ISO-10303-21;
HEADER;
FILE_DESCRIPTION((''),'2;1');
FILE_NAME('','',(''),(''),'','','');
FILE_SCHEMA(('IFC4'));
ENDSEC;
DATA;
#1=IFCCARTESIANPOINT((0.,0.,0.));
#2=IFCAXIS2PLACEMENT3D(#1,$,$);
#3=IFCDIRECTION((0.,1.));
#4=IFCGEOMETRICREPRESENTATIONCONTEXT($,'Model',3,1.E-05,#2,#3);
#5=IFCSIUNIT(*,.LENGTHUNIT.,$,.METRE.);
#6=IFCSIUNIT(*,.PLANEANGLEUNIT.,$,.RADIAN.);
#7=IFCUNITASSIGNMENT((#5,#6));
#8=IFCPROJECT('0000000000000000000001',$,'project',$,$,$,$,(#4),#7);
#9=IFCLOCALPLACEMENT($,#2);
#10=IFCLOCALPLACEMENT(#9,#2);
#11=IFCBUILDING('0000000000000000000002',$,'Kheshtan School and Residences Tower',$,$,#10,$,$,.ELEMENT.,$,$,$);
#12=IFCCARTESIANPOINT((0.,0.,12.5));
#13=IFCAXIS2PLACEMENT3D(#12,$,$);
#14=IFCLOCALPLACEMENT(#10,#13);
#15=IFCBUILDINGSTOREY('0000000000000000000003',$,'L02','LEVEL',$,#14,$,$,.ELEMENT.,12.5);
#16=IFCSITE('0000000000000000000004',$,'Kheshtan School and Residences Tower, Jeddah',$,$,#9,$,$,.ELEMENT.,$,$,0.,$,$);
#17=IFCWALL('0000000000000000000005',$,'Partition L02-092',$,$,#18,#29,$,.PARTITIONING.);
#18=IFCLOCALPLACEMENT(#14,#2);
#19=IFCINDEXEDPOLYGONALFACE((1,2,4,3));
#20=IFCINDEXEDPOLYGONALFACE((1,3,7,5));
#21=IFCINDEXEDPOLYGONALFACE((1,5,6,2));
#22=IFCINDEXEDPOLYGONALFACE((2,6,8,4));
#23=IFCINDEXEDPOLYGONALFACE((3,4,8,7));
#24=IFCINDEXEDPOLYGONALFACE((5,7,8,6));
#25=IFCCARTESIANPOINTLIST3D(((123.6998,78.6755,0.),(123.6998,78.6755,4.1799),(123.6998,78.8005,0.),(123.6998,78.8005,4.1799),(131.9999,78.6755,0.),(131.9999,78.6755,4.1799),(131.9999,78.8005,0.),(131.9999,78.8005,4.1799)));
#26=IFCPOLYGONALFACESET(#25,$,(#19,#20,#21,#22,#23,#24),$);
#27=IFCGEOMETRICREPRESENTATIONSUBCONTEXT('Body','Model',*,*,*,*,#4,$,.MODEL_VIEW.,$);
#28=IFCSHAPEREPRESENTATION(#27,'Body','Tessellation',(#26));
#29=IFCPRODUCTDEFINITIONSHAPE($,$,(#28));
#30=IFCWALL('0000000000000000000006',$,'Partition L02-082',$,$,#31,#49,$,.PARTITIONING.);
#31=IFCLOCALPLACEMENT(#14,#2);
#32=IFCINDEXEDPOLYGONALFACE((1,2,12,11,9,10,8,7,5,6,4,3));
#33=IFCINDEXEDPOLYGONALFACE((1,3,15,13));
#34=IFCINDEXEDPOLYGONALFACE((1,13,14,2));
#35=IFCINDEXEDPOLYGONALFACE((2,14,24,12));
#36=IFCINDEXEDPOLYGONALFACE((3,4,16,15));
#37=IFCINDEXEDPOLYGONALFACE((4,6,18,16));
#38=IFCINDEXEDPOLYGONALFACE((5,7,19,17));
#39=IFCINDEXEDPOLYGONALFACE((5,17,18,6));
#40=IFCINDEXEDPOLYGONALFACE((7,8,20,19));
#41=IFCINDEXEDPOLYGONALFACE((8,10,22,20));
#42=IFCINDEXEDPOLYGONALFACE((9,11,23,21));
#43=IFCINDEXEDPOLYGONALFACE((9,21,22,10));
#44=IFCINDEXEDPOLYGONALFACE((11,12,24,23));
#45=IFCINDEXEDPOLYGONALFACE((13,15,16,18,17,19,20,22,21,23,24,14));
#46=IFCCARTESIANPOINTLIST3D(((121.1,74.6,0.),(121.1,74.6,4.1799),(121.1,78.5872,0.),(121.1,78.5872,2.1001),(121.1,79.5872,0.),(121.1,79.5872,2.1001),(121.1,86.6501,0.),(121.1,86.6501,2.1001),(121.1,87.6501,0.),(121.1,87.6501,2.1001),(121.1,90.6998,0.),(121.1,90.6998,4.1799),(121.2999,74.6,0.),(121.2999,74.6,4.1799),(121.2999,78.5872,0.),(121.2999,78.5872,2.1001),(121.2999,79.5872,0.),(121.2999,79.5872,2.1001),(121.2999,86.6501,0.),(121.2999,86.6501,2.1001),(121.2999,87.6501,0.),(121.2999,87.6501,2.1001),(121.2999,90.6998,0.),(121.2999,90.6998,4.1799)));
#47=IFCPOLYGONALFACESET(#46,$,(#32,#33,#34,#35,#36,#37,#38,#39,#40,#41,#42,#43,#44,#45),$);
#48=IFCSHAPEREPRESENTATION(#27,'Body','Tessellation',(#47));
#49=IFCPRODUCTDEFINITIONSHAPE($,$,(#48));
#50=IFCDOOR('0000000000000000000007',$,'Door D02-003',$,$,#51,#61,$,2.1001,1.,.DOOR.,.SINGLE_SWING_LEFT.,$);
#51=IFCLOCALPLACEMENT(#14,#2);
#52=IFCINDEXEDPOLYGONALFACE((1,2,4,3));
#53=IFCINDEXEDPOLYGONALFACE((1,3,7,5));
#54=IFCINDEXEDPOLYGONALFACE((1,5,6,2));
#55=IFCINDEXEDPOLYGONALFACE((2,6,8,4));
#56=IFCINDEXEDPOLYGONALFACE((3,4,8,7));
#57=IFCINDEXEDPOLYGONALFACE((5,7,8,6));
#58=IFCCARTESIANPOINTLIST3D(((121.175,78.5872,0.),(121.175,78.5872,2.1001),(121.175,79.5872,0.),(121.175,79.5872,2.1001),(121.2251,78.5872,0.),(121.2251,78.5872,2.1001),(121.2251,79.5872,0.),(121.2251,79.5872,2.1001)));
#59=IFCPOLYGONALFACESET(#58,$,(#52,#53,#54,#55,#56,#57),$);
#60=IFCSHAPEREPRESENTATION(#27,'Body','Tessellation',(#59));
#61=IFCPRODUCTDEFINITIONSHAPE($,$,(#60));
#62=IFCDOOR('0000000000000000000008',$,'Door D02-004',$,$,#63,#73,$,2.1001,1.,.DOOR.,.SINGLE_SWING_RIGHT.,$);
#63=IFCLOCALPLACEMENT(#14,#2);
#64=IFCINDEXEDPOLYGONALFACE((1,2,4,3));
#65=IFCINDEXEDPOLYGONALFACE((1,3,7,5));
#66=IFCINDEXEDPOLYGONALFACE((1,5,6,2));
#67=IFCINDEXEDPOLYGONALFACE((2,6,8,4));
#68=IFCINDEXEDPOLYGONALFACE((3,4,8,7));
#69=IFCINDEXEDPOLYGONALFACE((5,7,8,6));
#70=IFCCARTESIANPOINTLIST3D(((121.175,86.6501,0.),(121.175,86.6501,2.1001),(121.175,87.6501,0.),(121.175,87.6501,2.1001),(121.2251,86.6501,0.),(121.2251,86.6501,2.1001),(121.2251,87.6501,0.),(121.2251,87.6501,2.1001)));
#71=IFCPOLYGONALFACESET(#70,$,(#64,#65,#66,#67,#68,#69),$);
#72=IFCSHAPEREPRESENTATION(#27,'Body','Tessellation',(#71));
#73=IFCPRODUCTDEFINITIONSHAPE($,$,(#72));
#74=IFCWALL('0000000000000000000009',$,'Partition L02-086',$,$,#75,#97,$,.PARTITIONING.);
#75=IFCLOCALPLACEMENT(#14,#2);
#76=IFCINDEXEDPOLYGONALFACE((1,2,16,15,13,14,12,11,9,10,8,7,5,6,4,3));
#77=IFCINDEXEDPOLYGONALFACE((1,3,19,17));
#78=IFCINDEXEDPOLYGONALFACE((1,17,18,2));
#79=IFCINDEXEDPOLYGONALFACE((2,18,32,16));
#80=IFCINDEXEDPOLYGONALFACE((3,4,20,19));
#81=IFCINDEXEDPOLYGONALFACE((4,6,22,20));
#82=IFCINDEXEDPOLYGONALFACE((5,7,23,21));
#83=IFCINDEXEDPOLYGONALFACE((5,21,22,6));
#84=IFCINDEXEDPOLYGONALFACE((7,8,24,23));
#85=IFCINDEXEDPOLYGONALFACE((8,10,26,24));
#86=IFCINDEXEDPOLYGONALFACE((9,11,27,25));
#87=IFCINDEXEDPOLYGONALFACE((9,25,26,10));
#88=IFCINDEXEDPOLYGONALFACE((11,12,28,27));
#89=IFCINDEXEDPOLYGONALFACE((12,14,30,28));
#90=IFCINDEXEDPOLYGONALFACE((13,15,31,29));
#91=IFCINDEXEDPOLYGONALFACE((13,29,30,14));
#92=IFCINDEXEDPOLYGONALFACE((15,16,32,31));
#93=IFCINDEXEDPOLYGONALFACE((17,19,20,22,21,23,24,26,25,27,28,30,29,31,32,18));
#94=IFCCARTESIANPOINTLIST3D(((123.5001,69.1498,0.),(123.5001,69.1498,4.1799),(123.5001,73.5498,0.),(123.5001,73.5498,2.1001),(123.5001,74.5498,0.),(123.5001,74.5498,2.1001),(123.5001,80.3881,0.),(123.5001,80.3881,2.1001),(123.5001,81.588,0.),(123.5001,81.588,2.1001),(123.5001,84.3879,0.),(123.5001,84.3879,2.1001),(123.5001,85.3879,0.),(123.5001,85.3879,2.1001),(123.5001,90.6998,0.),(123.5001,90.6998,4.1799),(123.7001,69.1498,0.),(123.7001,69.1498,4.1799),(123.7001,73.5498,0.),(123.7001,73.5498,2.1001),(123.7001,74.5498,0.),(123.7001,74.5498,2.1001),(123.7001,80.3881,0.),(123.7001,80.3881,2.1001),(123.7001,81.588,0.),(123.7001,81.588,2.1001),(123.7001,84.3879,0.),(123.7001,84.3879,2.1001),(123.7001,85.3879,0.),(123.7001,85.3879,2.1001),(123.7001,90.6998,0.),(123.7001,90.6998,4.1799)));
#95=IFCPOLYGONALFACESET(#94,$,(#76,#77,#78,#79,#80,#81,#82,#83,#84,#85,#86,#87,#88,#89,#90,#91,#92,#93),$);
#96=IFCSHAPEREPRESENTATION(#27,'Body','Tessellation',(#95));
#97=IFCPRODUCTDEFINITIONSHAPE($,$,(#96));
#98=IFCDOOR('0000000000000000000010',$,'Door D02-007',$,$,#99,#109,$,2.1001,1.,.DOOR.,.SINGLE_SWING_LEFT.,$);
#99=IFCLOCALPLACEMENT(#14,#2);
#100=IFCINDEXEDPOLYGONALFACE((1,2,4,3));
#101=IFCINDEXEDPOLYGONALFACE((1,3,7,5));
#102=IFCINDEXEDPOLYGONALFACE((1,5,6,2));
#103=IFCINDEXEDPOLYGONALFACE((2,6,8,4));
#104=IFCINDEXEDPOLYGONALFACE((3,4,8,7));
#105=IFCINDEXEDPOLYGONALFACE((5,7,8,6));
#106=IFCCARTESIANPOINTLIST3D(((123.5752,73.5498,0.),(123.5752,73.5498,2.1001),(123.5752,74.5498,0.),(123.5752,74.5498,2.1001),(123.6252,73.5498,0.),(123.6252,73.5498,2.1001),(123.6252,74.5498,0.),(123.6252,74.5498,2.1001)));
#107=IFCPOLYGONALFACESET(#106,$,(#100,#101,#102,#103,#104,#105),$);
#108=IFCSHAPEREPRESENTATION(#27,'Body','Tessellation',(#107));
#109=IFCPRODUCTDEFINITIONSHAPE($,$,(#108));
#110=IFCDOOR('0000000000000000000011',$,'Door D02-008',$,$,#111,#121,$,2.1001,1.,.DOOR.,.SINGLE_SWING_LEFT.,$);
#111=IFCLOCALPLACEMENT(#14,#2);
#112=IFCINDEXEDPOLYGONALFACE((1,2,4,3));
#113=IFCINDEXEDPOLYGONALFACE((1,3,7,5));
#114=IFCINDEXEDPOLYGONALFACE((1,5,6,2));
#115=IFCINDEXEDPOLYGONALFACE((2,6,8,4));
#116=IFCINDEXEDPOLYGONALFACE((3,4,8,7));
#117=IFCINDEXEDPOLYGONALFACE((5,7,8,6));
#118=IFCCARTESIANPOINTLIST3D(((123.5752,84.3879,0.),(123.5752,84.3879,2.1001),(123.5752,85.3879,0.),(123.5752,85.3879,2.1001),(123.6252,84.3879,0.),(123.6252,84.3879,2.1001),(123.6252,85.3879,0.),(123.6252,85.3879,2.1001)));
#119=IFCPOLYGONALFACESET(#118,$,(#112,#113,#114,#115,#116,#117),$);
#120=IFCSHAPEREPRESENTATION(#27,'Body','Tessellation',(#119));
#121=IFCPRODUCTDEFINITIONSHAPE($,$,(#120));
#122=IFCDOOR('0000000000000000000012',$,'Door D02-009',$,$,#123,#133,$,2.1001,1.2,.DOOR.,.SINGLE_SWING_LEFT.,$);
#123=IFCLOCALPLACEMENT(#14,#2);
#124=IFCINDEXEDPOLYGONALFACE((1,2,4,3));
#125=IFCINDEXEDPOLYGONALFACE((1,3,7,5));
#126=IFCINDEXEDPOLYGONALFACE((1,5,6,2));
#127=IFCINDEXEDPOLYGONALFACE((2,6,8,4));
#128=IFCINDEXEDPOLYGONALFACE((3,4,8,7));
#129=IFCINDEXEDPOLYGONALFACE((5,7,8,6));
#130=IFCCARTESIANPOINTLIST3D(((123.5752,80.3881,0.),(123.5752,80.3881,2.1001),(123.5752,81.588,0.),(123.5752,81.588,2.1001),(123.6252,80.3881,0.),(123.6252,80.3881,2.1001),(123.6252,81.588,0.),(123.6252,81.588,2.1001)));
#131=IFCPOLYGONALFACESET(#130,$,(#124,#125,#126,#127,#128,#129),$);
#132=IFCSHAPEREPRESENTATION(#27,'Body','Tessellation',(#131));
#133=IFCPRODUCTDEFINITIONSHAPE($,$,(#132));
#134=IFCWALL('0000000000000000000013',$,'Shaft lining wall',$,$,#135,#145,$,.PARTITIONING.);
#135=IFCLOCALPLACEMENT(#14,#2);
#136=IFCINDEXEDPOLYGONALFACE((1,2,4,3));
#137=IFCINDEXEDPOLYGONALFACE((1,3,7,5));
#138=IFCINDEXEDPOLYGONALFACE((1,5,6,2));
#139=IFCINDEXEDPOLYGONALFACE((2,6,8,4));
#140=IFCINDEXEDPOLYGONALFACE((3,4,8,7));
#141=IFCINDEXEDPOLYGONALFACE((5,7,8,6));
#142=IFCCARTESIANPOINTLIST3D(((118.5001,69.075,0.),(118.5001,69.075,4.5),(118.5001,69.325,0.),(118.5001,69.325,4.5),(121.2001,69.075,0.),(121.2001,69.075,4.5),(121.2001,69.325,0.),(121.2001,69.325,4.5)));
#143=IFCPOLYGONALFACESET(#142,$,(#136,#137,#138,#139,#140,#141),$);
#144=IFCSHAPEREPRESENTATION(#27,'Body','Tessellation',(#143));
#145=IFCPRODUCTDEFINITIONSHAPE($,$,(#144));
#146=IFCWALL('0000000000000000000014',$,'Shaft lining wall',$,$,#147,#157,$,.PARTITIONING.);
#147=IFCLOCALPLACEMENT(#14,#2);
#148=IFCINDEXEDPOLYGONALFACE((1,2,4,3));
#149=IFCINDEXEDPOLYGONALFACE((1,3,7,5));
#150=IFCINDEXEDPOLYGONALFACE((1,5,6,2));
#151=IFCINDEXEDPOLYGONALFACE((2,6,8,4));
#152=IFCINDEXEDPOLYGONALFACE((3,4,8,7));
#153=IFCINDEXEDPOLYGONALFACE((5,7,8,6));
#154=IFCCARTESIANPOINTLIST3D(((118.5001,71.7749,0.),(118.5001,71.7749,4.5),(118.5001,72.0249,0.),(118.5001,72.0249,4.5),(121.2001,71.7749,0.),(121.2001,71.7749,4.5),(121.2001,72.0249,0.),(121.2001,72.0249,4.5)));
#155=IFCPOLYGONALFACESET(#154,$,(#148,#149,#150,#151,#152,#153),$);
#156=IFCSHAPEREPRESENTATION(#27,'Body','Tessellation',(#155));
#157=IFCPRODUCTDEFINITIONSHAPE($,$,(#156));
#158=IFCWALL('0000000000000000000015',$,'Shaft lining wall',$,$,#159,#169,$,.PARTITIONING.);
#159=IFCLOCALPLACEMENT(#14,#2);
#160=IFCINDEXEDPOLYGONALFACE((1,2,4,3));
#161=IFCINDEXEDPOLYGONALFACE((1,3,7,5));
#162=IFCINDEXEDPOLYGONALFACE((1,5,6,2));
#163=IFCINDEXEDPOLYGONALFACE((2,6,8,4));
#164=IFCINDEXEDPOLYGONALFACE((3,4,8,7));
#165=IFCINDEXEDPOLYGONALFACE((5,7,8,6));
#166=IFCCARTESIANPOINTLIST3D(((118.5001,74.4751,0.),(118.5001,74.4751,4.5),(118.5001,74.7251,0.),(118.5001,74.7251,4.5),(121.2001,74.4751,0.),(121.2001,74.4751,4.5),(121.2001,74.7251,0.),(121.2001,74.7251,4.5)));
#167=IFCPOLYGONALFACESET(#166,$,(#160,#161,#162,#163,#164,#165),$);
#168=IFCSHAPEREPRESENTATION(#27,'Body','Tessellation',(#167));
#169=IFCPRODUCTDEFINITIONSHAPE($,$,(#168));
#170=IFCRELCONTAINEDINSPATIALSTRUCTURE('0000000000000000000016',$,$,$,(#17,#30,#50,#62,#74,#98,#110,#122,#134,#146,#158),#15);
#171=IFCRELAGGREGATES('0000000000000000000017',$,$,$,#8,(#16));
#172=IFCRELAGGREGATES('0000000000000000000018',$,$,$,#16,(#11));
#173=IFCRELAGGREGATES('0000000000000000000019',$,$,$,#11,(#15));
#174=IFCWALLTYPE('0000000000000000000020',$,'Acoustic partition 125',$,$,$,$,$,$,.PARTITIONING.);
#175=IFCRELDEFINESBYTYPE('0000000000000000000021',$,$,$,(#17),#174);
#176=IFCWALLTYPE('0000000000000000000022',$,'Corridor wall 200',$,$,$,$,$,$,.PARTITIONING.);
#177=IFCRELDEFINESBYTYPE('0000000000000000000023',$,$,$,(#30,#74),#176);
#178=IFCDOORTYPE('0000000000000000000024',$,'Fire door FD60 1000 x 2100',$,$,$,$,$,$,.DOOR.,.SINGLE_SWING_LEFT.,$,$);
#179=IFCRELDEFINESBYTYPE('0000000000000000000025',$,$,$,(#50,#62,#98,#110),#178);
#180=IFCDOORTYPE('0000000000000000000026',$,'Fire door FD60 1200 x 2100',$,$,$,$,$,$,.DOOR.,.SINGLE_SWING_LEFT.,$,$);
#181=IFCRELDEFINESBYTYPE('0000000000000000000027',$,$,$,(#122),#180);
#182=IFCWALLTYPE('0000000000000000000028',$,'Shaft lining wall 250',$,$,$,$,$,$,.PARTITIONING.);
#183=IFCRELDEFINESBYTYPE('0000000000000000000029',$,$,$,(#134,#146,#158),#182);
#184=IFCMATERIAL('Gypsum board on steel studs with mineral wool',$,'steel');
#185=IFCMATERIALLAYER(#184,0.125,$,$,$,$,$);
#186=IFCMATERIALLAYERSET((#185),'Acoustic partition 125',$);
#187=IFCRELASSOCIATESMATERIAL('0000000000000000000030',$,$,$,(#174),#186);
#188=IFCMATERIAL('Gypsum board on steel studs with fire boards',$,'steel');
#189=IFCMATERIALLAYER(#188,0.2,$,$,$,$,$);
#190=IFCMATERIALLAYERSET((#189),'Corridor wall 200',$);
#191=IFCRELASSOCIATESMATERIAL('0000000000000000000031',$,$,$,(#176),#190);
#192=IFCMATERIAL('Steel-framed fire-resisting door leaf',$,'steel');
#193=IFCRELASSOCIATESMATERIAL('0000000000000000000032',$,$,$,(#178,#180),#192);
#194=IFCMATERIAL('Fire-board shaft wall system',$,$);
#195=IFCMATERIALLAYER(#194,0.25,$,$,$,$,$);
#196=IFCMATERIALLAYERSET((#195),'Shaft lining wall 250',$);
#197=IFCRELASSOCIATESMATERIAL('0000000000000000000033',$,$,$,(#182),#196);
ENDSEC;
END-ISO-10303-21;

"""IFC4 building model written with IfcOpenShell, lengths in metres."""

from ifc_helpers import new_model, si_unit, direction, frame, frame_2d, origin, place, context, subcontext, project, spatial, rectangle, extrude, source, transform, mapped, material, layer, layer_set, type_object, element, fill, save


model = new_model("IFC4")

# Units and contexts
model_context = context("Model", 3, precision=1e-05, world=origin(), true_north=direction((0.0, 1.0)))
body_context = subcontext(model_context, "Body", "Model", "MODEL_VIEW")
ifc_project = project(units=[si_unit("LENGTHUNIT", "METRE"), si_unit("PLANEANGLEUNIT", "RADIAN")], contexts=[model_context])

# Site, building, storey
site_placement = place(None, origin())
site = spatial("IfcSite", under=ifc_project, at=site_placement, Name="Kheshtan School and Residences Tower, Jeddah", CompositionType="ELEMENT", RefElevation=0.0)
building_placement = place(site_placement, origin())
building = spatial("IfcBuilding", under=site, at=building_placement, Name="Kheshtan School and Residences Tower", CompositionType="ELEMENT")
storey_placement = place(building_placement, frame((0.0, 0.0, 12.5)))
storey = spatial("IfcBuildingStorey", under=building, at=storey_placement, Name="L02", Description="LEVEL", CompositionType="ELEMENT", Elevation=12.5)

# Wall
ifc_material_1 = material(Name="Gypsum board on steel studs with mineral wool", Category="steel")
ifc_layer_1 = layer(ifc_material_1, 0.125)
ifc_layer_set_1 = layer_set([ifc_layer_1], Name="Acoustic partition 125")
wall_type_1 = type_object("IfcWallType", Name="Acoustic partition 125", PredefinedType="PARTITIONING", material=ifc_layer_set_1)
wall_1_placement = place(storey_placement, frame((123.7, 78.738, 0.0), z_axis=(0.0, 0.0, 1.0), x_axis=(1.0, 0.0, 0.0)))
element("IfcWall", 1, at=wall_1_placement, inside=storey, type_object=wall_type_1, Name="Partition L02-092", PredefinedType="PARTITIONING", context=body_context, shape_type="SweptSolid", body=[
    extrude(rectangle(XDim=8.3, YDim=0.125, at=frame_2d((4.1499, 0.0))), origin(), (0.0, 0.0, 1.0), 4.1799),
])

# Walls, openings, doors
ifc_material_2 = material(Name="Gypsum board on steel studs with fire boards", Category="steel")
ifc_layer_2 = layer(ifc_material_2, 0.2)
ifc_layer_set_2 = layer_set([ifc_layer_2], Name="Corridor wall 200")
wall_type_2 = type_object("IfcWallType", Name="Corridor wall 200", PredefinedType="PARTITIONING", material=ifc_layer_set_2)
wall_2_placement = place(storey_placement, frame((121.2, 74.6001, 0.0), z_axis=(0.0, 0.0, 1.0), x_axis=(0.0, 1.0, 0.0)))
wall_2 = element("IfcWall", 2, at=wall_2_placement, inside=storey, type_object=wall_type_2, Name="Partition L02-082", PredefinedType="PARTITIONING", context=body_context, shape_type="SweptSolid", body=[
    extrude(rectangle(XDim=16.0999, YDim=0.2, at=frame_2d((8.0498, 0.0))), origin(), (0.0, 0.0, 1.0), 4.1799),
])
opening_1_placement = place(wall_2_placement, frame((3.9871, 0.0, 0.0)))
opening_1 = element("IfcOpeningElement", 3, at=opening_1_placement, cuts=wall_2, PredefinedType="OPENING", context=body_context, shape_type="SweptSolid", body=[
    extrude(rectangle(XDim=1.0, YDim=2.1001, at=frame_2d((0.5, 1.05))), frame((0.0, 0.1099, 0.0), z_axis=(0.0, -1.0, 0.0), x_axis=(1.0, 0.0, 0.0)), (0.0, 0.0, 1.0), 0.22),
])
opening_2_placement = place(wall_2_placement, frame((12.05, 0.0, 0.0)))
opening_2 = element("IfcOpeningElement", 4, at=opening_2_placement, cuts=wall_2, PredefinedType="OPENING", context=body_context, shape_type="SweptSolid", body=[
    extrude(rectangle(XDim=1.0, YDim=2.1001, at=frame_2d((0.5, 1.05))), frame((0.0, 0.1099, 0.0), z_axis=(0.0, -1.0, 0.0), x_axis=(1.0, 0.0, 0.0)), (0.0, 0.0, 1.0), 0.22),
])
ifc_material_3 = material(Name="Steel-framed fire-resisting door leaf", Category="steel")
door_type_1 = type_object("IfcDoorType", Name="Fire door FD60 1000 x 2100", OperationType="SINGLE_SWING_LEFT", PredefinedType="DOOR", material=ifc_material_3)
shared_shape_1 = source(origin(), body_context, "Body", "SweptSolid", [
    extrude(rectangle(XDim=1.0, YDim=2.1001, at=frame_2d((0.5, 1.05))), frame((0.0, 0.0249, 0.0), z_axis=(0.0, -1.0, 0.0), x_axis=(1.0, 0.0, 0.0)), (0.0, 0.0, 1.0), 0.05),
])
door_1_placement = place(opening_1_placement, origin())
door_1 = element("IfcDoor", 5, at=door_1_placement, inside=storey, type_object=door_type_1, Name="Door D02-003", OperationType="SINGLE_SWING_LEFT", OverallHeight=2.1001, OverallWidth=1.0, PredefinedType="DOOR", context=body_context, shape_type="MappedRepresentation", body=[
    mapped(shared_shape_1, transform((0.0, 0.0, 0.0), x_axis=(1.0, 0.0, 0.0), y_axis=(0.0, 1.0, 0.0), z_axis=(0.0, 0.0, 1.0), scale=1.0)),
])
fill(opening_1, door_1)
door_2_placement = place(opening_2_placement, origin())
door_2 = element("IfcDoor", 6, at=door_2_placement, inside=storey, type_object=door_type_1, Name="Door D02-004", OperationType="SINGLE_SWING_RIGHT", OverallHeight=2.1001, OverallWidth=1.0, PredefinedType="DOOR", context=body_context, shape_type="MappedRepresentation", body=[
    mapped(shared_shape_1, transform((0.0, 0.0, 0.0), x_axis=(1.0, 0.0, 0.0), y_axis=(0.0, 1.0, 0.0), z_axis=(0.0, 0.0, 1.0), scale=1.0)),
])
fill(opening_2, door_2)
wall_3_placement = place(storey_placement, frame((123.6001, 69.1499, 0.0), z_axis=(0.0, 0.0, 1.0), x_axis=(0.0, 1.0, 0.0)))
wall_3 = element("IfcWall", 7, at=wall_3_placement, inside=storey, type_object=wall_type_2, Name="Partition L02-086", PredefinedType="PARTITIONING", context=body_context, shape_type="SweptSolid", body=[
    extrude(rectangle(XDim=21.55, YDim=0.2, at=frame_2d((10.7749, 0.0))), origin(), (0.0, 0.0, 1.0), 4.1799),
])
opening_3_placement = place(wall_3_placement, frame((4.3999, 0.0, 0.0)))
opening_3 = element("IfcOpeningElement", 8, at=opening_3_placement, cuts=wall_3, PredefinedType="OPENING", context=body_context, shape_type="SweptSolid", body=[
    extrude(rectangle(XDim=1.0, YDim=2.1001, at=frame_2d((0.5, 1.05))), frame((0.0, 0.1099, 0.0), z_axis=(0.0, -1.0, 0.0), x_axis=(1.0, 0.0, 0.0)), (0.0, 0.0, 1.0), 0.22),
])
opening_4_placement = place(wall_3_placement, frame((15.238, 0.0, 0.0)))
opening_4 = element("IfcOpeningElement", 9, at=opening_4_placement, cuts=wall_3, PredefinedType="OPENING", context=body_context, shape_type="SweptSolid", body=[
    extrude(rectangle(XDim=1.0, YDim=2.1001, at=frame_2d((0.5, 1.05))), frame((0.0, 0.1099, 0.0), z_axis=(0.0, -1.0, 0.0), x_axis=(1.0, 0.0, 0.0)), (0.0, 0.0, 1.0), 0.22),
])
opening_5_placement = place(wall_3_placement, frame((11.238, 0.0, 0.0)))
opening_5 = element("IfcOpeningElement", 10, at=opening_5_placement, cuts=wall_3, PredefinedType="OPENING", context=body_context, shape_type="SweptSolid", body=[
    extrude(rectangle(XDim=1.2, YDim=2.1001, at=frame_2d((0.6001, 1.05))), frame((0.0, 0.1099, 0.0), z_axis=(0.0, -1.0, 0.0), x_axis=(1.0, 0.0, 0.0)), (0.0, 0.0, 1.0), 0.22),
])
door_3_placement = place(opening_3_placement, origin())
door_3 = element("IfcDoor", 11, at=door_3_placement, inside=storey, type_object=door_type_1, Name="Door D02-007", OperationType="SINGLE_SWING_LEFT", OverallHeight=2.1001, OverallWidth=1.0, PredefinedType="DOOR", context=body_context, shape_type="MappedRepresentation", body=[
    mapped(shared_shape_1, transform((0.0, 0.0, 0.0), x_axis=(1.0, 0.0, 0.0), y_axis=(0.0, 1.0, 0.0), z_axis=(0.0, 0.0, 1.0), scale=1.0)),
])
fill(opening_3, door_3)
door_4_placement = place(opening_4_placement, origin())
door_4 = element("IfcDoor", 12, at=door_4_placement, inside=storey, type_object=door_type_1, Name="Door D02-008", OperationType="SINGLE_SWING_LEFT", OverallHeight=2.1001, OverallWidth=1.0, PredefinedType="DOOR", context=body_context, shape_type="MappedRepresentation", body=[
    mapped(shared_shape_1, transform((0.0, 0.0, 0.0), x_axis=(1.0, 0.0, 0.0), y_axis=(0.0, 1.0, 0.0), z_axis=(0.0, 0.0, 1.0), scale=1.0)),
])
fill(opening_4, door_4)
door_type_2 = type_object("IfcDoorType", Name="Fire door FD60 1200 x 2100", OperationType="SINGLE_SWING_LEFT", PredefinedType="DOOR", material=ifc_material_3)
shared_shape_2 = source(origin(), body_context, "Body", "SweptSolid", [
    extrude(rectangle(XDim=1.2, YDim=2.1001, at=frame_2d((0.6001, 1.05))), frame((0.0, 0.0249, 0.0), z_axis=(0.0, -1.0, 0.0), x_axis=(1.0, 0.0, 0.0)), (0.0, 0.0, 1.0), 0.05),
])
door_5_placement = place(opening_5_placement, origin())
door_5 = element("IfcDoor", 13, at=door_5_placement, inside=storey, type_object=door_type_2, Name="Door D02-009", OperationType="SINGLE_SWING_LEFT", OverallHeight=2.1001, OverallWidth=1.2, PredefinedType="DOOR", context=body_context, shape_type="MappedRepresentation", body=[
    mapped(shared_shape_2, transform((0.0, 0.0, 0.0), x_axis=(1.0, 0.0, 0.0), y_axis=(0.0, 1.0, 0.0), z_axis=(0.0, 0.0, 1.0), scale=1.0)),
])
fill(opening_5, door_5)

# Walls
ifc_material_4 = material(Name="Fire-board shaft wall system")
ifc_layer_3 = layer(ifc_material_4, 0.25)
ifc_layer_set_3 = layer_set([ifc_layer_3], Name="Shaft lining wall 250")
wall_type_3 = type_object("IfcWallType", Name="Shaft lining wall 250", PredefinedType="PARTITIONING", material=ifc_layer_set_3)
for number, where, z_axis, x_axis, name in (
    (14, (118.5, 69.2, 0.0), (0.0, 0.0, 1.0), (1.0, 0.0, 0.0), "Shaft lining wall"),
    (15, (118.5, 71.8999, 0.0), (0.0, 0.0, 1.0), (1.0, 0.0, 0.0), "Shaft lining wall"),
    (16, (118.5, 74.6001, 0.0), (0.0, 0.0, 1.0), (1.0, 0.0, 0.0), "Shaft lining wall"),
):
    element("IfcWall", number, at=place(storey_placement, frame(where, z_axis=z_axis, x_axis=x_axis)), inside=storey, type_object=wall_type_3, Name=name, PredefinedType="PARTITIONING", context=body_context, shape_type="SweptSolid", body=[
        extrude(rectangle(XDim=2.7, YDim=0.25, at=frame_2d((1.3501, 0.0))), origin(), (0.0, 0.0, 1.0), 4.5),
    ])

save(model, "model.ifc")
